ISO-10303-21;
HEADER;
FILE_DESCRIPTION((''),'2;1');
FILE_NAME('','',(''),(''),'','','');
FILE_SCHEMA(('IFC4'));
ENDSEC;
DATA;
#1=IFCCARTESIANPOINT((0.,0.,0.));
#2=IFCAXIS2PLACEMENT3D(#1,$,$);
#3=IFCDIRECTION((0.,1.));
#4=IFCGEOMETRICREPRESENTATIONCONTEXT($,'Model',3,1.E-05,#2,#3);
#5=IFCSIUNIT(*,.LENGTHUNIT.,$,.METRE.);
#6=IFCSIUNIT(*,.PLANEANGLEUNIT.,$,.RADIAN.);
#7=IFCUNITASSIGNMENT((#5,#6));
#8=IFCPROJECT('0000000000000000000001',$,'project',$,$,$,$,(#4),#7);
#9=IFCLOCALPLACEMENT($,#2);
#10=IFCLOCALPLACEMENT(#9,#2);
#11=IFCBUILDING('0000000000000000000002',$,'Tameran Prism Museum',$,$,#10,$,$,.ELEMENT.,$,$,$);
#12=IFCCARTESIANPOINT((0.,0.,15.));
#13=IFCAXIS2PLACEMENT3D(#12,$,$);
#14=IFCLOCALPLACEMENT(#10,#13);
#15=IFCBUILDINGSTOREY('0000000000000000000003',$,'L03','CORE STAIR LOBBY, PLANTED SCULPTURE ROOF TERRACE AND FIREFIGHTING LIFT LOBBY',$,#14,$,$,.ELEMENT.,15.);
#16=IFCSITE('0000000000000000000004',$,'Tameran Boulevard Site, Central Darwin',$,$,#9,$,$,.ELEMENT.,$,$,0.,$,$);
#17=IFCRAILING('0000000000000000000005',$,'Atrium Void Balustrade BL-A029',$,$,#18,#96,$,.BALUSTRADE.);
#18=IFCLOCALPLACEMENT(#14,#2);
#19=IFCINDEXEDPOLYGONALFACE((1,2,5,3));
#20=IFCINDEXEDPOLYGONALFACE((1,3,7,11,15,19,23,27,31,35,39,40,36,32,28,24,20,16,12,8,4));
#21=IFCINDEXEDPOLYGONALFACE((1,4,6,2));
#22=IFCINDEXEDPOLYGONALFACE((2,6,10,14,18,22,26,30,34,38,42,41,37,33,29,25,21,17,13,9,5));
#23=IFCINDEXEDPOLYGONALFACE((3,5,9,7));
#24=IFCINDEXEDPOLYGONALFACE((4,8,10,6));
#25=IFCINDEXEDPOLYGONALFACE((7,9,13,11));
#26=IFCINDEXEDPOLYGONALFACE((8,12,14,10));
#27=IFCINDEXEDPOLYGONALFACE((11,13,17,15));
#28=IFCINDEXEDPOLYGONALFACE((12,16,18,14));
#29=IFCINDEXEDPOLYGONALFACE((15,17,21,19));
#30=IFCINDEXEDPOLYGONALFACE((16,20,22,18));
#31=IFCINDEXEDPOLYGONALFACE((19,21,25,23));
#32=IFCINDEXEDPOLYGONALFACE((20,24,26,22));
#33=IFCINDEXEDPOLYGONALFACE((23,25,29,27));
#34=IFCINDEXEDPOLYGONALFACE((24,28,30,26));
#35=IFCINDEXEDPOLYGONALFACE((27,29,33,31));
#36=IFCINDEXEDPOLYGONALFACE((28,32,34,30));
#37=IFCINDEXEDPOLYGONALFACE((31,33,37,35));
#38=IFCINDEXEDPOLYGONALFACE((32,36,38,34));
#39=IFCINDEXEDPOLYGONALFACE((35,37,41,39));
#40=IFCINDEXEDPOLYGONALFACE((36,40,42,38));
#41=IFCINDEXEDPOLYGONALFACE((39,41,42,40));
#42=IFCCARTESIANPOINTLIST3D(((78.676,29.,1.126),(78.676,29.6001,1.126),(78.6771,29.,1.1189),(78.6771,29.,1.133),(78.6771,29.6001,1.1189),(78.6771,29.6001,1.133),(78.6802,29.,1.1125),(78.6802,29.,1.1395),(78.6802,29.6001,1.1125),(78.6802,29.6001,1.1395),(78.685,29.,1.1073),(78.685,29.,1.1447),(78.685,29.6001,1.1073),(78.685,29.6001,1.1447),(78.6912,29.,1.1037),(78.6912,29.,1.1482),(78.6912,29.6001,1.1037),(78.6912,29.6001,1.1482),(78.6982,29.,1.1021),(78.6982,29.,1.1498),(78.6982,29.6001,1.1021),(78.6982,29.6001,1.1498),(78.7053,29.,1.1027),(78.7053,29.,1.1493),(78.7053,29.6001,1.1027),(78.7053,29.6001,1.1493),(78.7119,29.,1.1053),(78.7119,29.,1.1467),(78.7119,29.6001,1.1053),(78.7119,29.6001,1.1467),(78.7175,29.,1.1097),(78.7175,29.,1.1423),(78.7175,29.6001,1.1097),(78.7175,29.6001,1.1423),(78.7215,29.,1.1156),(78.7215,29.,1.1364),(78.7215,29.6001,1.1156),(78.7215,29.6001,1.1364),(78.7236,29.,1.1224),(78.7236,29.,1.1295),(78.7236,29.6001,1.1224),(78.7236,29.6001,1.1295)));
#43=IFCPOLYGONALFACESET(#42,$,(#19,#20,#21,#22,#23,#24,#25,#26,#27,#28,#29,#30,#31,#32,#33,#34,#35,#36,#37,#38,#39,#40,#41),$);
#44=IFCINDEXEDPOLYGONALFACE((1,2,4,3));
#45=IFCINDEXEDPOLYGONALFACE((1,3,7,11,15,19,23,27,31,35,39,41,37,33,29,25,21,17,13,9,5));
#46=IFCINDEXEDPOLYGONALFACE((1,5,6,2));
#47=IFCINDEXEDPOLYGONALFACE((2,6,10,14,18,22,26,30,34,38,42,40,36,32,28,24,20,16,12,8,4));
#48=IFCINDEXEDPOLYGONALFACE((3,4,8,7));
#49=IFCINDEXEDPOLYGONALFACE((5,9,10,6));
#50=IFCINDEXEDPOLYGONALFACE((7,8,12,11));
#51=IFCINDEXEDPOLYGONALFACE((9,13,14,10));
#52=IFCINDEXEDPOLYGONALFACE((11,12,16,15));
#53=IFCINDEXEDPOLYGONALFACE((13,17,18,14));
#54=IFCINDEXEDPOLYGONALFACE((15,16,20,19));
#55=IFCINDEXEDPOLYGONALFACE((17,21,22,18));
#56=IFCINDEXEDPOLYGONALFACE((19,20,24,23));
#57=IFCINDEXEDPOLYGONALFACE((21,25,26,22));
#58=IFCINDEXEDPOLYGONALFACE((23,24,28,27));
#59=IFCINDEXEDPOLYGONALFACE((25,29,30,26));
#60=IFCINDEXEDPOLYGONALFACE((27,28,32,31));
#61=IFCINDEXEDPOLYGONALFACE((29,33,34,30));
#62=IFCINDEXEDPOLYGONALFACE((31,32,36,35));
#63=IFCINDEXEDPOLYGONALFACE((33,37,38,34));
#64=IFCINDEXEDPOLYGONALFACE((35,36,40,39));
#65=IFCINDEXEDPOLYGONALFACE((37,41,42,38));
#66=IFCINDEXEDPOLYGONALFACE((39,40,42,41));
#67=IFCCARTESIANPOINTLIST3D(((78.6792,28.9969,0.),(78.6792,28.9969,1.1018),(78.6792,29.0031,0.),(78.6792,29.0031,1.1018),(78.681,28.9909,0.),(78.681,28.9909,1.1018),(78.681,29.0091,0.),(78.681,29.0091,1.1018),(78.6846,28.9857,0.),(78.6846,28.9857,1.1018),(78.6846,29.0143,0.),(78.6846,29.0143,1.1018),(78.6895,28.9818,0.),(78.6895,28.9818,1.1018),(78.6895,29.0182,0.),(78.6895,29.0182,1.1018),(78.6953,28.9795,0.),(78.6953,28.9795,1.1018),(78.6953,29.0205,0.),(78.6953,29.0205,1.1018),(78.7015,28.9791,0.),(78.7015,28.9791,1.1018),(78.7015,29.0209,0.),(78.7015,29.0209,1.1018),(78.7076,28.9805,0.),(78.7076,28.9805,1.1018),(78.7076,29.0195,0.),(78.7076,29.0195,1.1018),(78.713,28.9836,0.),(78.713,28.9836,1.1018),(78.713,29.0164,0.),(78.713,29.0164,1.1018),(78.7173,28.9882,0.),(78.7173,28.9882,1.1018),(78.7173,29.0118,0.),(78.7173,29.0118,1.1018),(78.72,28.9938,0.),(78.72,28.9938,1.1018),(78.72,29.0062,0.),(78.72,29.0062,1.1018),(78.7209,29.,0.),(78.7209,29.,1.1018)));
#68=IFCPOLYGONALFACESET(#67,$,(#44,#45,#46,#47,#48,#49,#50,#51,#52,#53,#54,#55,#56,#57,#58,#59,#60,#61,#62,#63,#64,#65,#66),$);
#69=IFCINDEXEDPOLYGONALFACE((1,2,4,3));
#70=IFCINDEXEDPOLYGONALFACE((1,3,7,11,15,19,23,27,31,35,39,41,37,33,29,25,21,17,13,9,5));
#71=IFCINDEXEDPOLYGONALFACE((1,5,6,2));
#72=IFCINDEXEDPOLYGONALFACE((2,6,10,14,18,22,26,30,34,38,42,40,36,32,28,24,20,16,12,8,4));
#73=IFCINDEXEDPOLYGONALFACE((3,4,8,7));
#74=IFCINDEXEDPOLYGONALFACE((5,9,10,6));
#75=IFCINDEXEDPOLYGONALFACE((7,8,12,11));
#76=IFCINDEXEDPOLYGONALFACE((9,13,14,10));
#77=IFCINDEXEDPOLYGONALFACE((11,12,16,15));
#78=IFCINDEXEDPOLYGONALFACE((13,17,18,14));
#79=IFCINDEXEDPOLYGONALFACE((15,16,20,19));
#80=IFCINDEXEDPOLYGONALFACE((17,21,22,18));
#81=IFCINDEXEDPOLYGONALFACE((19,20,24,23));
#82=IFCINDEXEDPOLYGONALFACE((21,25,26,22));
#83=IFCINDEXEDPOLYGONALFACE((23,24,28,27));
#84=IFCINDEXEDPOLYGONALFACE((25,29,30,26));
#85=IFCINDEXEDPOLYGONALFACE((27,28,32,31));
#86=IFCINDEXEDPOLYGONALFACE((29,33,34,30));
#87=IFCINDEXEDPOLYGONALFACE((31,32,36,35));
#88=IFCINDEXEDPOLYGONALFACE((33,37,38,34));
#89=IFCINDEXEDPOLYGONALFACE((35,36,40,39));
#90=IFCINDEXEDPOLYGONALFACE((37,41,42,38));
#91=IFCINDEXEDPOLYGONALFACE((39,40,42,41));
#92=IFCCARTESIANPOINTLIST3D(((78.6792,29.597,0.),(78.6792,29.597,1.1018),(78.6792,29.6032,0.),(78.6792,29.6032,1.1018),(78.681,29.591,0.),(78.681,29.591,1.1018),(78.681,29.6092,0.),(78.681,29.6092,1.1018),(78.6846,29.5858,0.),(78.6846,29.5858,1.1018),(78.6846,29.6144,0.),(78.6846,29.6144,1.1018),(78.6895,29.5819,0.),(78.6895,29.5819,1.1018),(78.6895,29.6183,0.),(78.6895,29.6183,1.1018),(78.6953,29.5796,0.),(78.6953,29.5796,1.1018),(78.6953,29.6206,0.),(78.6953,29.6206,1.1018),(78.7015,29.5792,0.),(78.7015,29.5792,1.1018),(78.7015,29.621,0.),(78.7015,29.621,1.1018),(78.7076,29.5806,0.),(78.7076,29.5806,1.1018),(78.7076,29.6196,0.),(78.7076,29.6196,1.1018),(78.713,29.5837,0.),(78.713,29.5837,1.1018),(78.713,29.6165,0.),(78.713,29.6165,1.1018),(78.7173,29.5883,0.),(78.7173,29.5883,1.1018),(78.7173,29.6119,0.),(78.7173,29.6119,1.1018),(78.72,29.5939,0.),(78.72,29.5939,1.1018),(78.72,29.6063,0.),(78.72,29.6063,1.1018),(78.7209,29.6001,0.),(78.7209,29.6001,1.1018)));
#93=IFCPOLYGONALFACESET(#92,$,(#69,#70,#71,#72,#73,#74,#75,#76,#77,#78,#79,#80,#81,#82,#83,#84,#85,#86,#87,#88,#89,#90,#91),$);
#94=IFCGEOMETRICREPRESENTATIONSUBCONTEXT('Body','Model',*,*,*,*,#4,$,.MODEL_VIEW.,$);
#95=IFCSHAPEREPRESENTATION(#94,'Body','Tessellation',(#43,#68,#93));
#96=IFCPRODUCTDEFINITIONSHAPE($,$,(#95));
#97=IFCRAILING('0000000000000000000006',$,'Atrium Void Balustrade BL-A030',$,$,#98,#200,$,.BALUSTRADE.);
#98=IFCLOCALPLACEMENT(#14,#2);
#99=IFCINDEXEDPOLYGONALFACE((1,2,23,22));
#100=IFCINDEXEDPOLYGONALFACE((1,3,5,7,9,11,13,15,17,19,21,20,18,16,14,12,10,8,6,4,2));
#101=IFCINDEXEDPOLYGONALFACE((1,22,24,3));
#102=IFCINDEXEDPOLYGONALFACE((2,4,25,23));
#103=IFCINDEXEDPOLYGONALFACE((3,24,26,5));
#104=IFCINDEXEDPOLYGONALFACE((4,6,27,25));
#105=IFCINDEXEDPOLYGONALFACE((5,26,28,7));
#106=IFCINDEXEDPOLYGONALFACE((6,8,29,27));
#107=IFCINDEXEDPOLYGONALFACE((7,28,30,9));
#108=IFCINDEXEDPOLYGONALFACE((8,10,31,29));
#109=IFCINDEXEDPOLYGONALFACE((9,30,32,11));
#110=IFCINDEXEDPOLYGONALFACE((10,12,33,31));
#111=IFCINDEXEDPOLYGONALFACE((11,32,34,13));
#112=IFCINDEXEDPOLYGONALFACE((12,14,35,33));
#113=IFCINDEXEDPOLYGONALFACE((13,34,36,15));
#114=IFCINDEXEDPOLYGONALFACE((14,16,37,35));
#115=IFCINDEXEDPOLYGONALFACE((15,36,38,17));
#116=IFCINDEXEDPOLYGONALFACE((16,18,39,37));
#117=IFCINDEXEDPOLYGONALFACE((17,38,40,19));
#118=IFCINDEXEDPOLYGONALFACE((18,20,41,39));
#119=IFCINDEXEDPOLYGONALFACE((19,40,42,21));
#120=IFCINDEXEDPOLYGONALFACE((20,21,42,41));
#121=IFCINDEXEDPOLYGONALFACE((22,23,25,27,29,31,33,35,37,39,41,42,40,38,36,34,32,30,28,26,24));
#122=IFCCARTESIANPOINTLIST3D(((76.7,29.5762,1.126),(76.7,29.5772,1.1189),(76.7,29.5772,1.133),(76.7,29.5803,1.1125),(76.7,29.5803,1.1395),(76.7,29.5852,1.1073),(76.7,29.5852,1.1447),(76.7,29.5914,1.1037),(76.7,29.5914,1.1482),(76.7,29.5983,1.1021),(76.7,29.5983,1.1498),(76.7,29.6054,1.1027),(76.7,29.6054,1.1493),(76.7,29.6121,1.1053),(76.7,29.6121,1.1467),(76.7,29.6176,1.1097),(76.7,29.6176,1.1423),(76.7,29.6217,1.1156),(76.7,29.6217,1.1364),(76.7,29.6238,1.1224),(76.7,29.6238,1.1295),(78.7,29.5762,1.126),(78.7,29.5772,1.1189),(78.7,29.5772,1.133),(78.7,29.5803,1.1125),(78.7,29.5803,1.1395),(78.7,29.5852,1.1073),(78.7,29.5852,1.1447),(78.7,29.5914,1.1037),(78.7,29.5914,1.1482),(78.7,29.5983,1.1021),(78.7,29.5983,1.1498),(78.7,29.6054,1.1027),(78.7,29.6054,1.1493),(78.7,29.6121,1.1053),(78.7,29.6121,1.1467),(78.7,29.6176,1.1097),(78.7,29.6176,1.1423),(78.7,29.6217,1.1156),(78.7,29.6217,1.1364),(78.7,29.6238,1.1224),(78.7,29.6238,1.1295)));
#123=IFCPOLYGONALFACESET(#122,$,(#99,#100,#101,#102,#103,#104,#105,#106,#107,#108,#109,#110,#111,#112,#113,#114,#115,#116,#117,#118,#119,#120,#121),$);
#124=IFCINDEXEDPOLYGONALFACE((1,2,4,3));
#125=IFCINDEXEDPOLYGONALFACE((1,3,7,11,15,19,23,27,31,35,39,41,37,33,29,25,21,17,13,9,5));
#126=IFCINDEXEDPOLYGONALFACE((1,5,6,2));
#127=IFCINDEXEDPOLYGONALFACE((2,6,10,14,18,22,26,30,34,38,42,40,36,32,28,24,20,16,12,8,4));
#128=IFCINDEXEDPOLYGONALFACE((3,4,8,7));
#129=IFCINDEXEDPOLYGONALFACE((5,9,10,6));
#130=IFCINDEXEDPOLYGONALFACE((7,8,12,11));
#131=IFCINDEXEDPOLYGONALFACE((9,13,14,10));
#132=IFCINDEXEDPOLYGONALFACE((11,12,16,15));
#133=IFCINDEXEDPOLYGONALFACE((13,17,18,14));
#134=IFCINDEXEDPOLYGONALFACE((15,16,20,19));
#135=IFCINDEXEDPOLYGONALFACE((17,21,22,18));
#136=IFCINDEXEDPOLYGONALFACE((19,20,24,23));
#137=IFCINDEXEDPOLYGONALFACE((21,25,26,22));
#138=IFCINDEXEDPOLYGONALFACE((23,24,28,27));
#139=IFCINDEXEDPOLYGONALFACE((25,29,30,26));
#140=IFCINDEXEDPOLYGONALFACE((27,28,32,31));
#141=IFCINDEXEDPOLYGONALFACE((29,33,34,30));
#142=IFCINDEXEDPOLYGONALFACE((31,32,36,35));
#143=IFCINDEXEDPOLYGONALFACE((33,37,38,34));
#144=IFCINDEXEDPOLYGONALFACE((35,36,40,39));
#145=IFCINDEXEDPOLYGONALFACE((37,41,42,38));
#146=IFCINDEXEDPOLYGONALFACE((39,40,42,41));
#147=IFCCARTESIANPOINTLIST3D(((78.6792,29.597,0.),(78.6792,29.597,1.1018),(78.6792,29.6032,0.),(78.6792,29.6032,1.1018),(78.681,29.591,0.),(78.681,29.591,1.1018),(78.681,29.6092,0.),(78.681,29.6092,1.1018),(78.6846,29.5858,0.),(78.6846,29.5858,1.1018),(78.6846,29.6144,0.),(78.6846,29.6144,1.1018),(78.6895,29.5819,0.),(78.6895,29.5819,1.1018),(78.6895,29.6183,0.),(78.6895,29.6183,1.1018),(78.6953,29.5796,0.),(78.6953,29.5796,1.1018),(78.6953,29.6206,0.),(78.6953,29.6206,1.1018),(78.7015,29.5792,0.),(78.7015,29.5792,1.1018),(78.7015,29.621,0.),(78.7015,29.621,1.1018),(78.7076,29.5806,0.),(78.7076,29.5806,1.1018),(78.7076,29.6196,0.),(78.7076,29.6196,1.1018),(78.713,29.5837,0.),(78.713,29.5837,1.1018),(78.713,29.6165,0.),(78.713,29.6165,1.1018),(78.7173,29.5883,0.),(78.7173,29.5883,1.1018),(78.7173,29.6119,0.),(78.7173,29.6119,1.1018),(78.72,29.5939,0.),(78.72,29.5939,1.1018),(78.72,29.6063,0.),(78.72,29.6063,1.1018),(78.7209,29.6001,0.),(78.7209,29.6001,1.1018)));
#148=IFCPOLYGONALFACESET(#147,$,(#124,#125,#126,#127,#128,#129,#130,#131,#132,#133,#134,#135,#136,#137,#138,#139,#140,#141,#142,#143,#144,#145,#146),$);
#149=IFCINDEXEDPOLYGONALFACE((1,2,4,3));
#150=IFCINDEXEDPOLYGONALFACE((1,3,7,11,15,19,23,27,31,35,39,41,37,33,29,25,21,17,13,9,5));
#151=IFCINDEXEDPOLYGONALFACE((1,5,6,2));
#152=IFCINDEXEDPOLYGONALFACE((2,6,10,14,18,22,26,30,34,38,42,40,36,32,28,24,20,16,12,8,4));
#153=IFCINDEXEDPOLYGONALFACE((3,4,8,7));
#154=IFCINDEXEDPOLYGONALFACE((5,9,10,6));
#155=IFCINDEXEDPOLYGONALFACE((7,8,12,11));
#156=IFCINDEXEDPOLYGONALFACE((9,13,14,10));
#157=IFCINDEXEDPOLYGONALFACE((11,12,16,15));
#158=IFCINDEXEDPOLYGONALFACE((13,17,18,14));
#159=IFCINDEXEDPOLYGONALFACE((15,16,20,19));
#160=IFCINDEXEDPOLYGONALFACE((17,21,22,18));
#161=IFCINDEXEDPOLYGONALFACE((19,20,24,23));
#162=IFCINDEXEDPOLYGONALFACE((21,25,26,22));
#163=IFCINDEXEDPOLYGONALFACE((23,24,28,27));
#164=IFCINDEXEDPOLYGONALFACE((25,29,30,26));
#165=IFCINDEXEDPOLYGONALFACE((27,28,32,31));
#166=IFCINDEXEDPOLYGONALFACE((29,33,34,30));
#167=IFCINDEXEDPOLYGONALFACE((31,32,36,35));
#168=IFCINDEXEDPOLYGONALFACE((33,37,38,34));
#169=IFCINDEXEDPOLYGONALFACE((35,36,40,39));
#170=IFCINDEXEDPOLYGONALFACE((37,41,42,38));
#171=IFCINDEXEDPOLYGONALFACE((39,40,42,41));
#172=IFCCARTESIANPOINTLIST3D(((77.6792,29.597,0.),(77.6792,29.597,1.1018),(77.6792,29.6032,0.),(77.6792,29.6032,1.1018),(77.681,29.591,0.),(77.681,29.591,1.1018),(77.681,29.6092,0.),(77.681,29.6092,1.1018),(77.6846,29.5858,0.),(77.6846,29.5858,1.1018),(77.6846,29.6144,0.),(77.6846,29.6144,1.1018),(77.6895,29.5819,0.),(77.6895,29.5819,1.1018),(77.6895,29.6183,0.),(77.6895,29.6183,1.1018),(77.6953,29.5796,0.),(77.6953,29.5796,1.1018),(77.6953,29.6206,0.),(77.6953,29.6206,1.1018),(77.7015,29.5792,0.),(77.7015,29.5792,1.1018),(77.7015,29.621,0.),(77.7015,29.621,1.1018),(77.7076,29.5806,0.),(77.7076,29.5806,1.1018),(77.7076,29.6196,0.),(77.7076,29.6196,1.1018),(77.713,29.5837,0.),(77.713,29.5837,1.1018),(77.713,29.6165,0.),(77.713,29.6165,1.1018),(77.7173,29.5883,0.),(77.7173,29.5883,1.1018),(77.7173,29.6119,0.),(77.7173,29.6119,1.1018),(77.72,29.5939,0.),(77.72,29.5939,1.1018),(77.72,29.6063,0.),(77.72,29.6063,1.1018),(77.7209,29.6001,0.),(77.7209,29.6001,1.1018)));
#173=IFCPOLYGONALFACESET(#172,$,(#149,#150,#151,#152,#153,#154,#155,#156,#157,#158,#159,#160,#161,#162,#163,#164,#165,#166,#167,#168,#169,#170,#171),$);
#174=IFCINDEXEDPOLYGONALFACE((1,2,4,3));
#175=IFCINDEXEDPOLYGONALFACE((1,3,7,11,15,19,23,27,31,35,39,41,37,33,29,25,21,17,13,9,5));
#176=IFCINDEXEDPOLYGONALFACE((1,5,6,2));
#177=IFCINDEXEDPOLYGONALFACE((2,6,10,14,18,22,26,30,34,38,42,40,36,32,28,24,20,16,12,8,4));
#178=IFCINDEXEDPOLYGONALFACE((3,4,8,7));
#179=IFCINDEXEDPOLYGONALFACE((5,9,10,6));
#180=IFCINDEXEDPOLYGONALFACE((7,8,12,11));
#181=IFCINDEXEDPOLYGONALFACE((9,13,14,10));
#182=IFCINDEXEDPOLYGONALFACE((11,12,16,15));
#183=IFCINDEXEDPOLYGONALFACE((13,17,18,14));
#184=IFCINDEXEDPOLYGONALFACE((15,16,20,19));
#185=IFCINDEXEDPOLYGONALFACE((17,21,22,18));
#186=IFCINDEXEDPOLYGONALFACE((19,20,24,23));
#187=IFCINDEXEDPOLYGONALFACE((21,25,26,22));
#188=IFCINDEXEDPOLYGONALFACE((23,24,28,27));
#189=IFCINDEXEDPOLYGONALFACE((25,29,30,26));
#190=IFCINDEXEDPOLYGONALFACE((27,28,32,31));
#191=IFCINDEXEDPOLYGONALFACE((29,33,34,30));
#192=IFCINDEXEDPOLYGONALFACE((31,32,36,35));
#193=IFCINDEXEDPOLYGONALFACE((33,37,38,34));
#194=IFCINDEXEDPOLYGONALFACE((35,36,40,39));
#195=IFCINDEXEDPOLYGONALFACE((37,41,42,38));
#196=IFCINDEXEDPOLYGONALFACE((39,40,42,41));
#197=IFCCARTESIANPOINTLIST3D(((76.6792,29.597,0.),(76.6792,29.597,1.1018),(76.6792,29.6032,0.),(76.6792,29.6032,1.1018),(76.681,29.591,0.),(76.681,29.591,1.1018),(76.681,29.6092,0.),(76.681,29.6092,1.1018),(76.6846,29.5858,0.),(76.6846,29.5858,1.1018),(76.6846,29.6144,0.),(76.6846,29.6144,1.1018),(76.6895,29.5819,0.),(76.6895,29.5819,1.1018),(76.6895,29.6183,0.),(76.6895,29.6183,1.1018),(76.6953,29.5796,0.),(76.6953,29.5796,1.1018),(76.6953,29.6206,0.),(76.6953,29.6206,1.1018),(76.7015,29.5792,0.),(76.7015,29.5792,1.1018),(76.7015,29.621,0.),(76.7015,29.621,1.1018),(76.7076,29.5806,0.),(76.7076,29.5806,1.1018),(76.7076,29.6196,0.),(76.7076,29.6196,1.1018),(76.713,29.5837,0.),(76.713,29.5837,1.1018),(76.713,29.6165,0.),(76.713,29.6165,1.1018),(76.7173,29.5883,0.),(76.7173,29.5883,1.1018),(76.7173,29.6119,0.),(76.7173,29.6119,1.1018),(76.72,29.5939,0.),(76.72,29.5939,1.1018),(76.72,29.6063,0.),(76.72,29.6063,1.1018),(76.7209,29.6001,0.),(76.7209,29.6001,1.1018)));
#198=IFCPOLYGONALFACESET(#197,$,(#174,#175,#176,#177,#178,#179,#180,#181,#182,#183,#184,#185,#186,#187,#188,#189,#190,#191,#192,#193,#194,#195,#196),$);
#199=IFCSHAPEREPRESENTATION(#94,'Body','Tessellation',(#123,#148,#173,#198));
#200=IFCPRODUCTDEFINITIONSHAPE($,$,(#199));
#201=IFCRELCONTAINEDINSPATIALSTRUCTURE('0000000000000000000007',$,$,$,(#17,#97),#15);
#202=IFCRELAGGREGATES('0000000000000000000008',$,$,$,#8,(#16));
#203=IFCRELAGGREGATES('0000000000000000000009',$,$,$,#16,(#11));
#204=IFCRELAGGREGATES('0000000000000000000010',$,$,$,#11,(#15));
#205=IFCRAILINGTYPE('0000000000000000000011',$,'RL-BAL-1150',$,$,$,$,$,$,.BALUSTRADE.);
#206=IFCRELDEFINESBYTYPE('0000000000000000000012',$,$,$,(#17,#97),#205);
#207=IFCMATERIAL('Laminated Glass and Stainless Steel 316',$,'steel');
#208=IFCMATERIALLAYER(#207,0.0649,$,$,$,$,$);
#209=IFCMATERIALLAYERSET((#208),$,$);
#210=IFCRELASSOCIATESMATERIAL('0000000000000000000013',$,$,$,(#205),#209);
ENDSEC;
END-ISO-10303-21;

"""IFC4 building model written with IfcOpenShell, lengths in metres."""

from ifc_helpers import new_model, si_unit, direction, frame, origin, origin_2d, place, context, subcontext, project, spatial, circle, extrude, material, layer, layer_set, type_object, element, save


model = new_model("IFC4")

# Units and contexts
model_context = context("Model", 3, precision=1e-05, world=origin(), true_north=direction((0.0, 1.0)))
body_context = subcontext(model_context, "Body", "Model", "MODEL_VIEW")
ifc_project = project(units=[si_unit("LENGTHUNIT", "METRE"), si_unit("PLANEANGLEUNIT", "RADIAN")], contexts=[model_context])

# Site, building, storey
site_placement = place(None, origin())
site = spatial("IfcSite", under=ifc_project, at=site_placement, Name="Tameran Boulevard Site, Central Darwin", CompositionType="ELEMENT", RefElevation=0.0)
building_placement = place(site_placement, origin())
building = spatial("IfcBuilding", under=site, at=building_placement, Name="Tameran Prism Museum", CompositionType="ELEMENT")
storey_placement = place(building_placement, frame((0.0, 0.0, 15.0)))
storey = spatial("IfcBuildingStorey", under=building, at=storey_placement, Name="L03", Description="CORE STAIR LOBBY, PLANTED SCULPTURE ROOF TERRACE AND FIREFIGHTING LIFT LOBBY", CompositionType="ELEMENT", Elevation=15.0)

# Railings
ifc_material_1 = material(Name="Laminated Glass and Stainless Steel 316", Category="steel")
ifc_layer_1 = layer(ifc_material_1, 0.0649)
ifc_layer_set_1 = layer_set([ifc_layer_1])
railing_type = type_object("IfcRailingType", Name="RL-BAL-1150", PredefinedType="BALUSTRADE", material=ifc_layer_set_1)
railing_1_placement = place(storey_placement, frame((78.7, 29.0, 0.0)))
element("IfcRailing", 1, at=railing_1_placement, inside=storey, type_object=railing_type, Name="Atrium Void Balustrade BL-A029", PredefinedType="BALUSTRADE", context=body_context, shape_type="SweptSolid", body=[
    extrude(circle(Radius=0.0239, at=origin_2d()), frame((0.0, 0.0, 1.126), z_axis=(0.0, 1.0, 0.0), x_axis=(-1.0, 0.0, 0.0)), (0.0, 0.0, 1.0), 0.6001),
    extrude(circle(Radius=0.021, at=origin_2d()), origin(), (0.0, 0.0, 1.0), 1.1018),
    extrude(circle(Radius=0.021, at=origin_2d()), frame((0.0, 0.6001, 0.0)), (0.0, 0.0, 1.0), 1.1018),
])
railing_2_placement = place(storey_placement, frame((78.7, 29.6001, 0.0)))
element("IfcRailing", 2, at=railing_2_placement, inside=storey, type_object=railing_type, Name="Atrium Void Balustrade BL-A030", PredefinedType="BALUSTRADE", context=body_context, shape_type="SweptSolid", body=[
    extrude(circle(Radius=0.0239, at=origin_2d()), frame((0.0, 0.0, 1.126), z_axis=(-1.0, 0.0, 0.0), x_axis=(0.0, -1.0, 0.0)), (0.0, 0.0, 1.0), 2.0),
    extrude(circle(Radius=0.021, at=origin_2d()), origin(), (0.0, 0.0, 1.0), 1.1018),
    extrude(circle(Radius=0.021, at=origin_2d()), frame((-1.0, 0.0, 0.0)), (0.0, 0.0, 1.0), 1.1018),
    extrude(circle(Radius=0.021, at=origin_2d()), frame((-2.0, 0.0, 0.0)), (0.0, 0.0, 1.0), 1.1018),
])

save(model, "model.ifc")
